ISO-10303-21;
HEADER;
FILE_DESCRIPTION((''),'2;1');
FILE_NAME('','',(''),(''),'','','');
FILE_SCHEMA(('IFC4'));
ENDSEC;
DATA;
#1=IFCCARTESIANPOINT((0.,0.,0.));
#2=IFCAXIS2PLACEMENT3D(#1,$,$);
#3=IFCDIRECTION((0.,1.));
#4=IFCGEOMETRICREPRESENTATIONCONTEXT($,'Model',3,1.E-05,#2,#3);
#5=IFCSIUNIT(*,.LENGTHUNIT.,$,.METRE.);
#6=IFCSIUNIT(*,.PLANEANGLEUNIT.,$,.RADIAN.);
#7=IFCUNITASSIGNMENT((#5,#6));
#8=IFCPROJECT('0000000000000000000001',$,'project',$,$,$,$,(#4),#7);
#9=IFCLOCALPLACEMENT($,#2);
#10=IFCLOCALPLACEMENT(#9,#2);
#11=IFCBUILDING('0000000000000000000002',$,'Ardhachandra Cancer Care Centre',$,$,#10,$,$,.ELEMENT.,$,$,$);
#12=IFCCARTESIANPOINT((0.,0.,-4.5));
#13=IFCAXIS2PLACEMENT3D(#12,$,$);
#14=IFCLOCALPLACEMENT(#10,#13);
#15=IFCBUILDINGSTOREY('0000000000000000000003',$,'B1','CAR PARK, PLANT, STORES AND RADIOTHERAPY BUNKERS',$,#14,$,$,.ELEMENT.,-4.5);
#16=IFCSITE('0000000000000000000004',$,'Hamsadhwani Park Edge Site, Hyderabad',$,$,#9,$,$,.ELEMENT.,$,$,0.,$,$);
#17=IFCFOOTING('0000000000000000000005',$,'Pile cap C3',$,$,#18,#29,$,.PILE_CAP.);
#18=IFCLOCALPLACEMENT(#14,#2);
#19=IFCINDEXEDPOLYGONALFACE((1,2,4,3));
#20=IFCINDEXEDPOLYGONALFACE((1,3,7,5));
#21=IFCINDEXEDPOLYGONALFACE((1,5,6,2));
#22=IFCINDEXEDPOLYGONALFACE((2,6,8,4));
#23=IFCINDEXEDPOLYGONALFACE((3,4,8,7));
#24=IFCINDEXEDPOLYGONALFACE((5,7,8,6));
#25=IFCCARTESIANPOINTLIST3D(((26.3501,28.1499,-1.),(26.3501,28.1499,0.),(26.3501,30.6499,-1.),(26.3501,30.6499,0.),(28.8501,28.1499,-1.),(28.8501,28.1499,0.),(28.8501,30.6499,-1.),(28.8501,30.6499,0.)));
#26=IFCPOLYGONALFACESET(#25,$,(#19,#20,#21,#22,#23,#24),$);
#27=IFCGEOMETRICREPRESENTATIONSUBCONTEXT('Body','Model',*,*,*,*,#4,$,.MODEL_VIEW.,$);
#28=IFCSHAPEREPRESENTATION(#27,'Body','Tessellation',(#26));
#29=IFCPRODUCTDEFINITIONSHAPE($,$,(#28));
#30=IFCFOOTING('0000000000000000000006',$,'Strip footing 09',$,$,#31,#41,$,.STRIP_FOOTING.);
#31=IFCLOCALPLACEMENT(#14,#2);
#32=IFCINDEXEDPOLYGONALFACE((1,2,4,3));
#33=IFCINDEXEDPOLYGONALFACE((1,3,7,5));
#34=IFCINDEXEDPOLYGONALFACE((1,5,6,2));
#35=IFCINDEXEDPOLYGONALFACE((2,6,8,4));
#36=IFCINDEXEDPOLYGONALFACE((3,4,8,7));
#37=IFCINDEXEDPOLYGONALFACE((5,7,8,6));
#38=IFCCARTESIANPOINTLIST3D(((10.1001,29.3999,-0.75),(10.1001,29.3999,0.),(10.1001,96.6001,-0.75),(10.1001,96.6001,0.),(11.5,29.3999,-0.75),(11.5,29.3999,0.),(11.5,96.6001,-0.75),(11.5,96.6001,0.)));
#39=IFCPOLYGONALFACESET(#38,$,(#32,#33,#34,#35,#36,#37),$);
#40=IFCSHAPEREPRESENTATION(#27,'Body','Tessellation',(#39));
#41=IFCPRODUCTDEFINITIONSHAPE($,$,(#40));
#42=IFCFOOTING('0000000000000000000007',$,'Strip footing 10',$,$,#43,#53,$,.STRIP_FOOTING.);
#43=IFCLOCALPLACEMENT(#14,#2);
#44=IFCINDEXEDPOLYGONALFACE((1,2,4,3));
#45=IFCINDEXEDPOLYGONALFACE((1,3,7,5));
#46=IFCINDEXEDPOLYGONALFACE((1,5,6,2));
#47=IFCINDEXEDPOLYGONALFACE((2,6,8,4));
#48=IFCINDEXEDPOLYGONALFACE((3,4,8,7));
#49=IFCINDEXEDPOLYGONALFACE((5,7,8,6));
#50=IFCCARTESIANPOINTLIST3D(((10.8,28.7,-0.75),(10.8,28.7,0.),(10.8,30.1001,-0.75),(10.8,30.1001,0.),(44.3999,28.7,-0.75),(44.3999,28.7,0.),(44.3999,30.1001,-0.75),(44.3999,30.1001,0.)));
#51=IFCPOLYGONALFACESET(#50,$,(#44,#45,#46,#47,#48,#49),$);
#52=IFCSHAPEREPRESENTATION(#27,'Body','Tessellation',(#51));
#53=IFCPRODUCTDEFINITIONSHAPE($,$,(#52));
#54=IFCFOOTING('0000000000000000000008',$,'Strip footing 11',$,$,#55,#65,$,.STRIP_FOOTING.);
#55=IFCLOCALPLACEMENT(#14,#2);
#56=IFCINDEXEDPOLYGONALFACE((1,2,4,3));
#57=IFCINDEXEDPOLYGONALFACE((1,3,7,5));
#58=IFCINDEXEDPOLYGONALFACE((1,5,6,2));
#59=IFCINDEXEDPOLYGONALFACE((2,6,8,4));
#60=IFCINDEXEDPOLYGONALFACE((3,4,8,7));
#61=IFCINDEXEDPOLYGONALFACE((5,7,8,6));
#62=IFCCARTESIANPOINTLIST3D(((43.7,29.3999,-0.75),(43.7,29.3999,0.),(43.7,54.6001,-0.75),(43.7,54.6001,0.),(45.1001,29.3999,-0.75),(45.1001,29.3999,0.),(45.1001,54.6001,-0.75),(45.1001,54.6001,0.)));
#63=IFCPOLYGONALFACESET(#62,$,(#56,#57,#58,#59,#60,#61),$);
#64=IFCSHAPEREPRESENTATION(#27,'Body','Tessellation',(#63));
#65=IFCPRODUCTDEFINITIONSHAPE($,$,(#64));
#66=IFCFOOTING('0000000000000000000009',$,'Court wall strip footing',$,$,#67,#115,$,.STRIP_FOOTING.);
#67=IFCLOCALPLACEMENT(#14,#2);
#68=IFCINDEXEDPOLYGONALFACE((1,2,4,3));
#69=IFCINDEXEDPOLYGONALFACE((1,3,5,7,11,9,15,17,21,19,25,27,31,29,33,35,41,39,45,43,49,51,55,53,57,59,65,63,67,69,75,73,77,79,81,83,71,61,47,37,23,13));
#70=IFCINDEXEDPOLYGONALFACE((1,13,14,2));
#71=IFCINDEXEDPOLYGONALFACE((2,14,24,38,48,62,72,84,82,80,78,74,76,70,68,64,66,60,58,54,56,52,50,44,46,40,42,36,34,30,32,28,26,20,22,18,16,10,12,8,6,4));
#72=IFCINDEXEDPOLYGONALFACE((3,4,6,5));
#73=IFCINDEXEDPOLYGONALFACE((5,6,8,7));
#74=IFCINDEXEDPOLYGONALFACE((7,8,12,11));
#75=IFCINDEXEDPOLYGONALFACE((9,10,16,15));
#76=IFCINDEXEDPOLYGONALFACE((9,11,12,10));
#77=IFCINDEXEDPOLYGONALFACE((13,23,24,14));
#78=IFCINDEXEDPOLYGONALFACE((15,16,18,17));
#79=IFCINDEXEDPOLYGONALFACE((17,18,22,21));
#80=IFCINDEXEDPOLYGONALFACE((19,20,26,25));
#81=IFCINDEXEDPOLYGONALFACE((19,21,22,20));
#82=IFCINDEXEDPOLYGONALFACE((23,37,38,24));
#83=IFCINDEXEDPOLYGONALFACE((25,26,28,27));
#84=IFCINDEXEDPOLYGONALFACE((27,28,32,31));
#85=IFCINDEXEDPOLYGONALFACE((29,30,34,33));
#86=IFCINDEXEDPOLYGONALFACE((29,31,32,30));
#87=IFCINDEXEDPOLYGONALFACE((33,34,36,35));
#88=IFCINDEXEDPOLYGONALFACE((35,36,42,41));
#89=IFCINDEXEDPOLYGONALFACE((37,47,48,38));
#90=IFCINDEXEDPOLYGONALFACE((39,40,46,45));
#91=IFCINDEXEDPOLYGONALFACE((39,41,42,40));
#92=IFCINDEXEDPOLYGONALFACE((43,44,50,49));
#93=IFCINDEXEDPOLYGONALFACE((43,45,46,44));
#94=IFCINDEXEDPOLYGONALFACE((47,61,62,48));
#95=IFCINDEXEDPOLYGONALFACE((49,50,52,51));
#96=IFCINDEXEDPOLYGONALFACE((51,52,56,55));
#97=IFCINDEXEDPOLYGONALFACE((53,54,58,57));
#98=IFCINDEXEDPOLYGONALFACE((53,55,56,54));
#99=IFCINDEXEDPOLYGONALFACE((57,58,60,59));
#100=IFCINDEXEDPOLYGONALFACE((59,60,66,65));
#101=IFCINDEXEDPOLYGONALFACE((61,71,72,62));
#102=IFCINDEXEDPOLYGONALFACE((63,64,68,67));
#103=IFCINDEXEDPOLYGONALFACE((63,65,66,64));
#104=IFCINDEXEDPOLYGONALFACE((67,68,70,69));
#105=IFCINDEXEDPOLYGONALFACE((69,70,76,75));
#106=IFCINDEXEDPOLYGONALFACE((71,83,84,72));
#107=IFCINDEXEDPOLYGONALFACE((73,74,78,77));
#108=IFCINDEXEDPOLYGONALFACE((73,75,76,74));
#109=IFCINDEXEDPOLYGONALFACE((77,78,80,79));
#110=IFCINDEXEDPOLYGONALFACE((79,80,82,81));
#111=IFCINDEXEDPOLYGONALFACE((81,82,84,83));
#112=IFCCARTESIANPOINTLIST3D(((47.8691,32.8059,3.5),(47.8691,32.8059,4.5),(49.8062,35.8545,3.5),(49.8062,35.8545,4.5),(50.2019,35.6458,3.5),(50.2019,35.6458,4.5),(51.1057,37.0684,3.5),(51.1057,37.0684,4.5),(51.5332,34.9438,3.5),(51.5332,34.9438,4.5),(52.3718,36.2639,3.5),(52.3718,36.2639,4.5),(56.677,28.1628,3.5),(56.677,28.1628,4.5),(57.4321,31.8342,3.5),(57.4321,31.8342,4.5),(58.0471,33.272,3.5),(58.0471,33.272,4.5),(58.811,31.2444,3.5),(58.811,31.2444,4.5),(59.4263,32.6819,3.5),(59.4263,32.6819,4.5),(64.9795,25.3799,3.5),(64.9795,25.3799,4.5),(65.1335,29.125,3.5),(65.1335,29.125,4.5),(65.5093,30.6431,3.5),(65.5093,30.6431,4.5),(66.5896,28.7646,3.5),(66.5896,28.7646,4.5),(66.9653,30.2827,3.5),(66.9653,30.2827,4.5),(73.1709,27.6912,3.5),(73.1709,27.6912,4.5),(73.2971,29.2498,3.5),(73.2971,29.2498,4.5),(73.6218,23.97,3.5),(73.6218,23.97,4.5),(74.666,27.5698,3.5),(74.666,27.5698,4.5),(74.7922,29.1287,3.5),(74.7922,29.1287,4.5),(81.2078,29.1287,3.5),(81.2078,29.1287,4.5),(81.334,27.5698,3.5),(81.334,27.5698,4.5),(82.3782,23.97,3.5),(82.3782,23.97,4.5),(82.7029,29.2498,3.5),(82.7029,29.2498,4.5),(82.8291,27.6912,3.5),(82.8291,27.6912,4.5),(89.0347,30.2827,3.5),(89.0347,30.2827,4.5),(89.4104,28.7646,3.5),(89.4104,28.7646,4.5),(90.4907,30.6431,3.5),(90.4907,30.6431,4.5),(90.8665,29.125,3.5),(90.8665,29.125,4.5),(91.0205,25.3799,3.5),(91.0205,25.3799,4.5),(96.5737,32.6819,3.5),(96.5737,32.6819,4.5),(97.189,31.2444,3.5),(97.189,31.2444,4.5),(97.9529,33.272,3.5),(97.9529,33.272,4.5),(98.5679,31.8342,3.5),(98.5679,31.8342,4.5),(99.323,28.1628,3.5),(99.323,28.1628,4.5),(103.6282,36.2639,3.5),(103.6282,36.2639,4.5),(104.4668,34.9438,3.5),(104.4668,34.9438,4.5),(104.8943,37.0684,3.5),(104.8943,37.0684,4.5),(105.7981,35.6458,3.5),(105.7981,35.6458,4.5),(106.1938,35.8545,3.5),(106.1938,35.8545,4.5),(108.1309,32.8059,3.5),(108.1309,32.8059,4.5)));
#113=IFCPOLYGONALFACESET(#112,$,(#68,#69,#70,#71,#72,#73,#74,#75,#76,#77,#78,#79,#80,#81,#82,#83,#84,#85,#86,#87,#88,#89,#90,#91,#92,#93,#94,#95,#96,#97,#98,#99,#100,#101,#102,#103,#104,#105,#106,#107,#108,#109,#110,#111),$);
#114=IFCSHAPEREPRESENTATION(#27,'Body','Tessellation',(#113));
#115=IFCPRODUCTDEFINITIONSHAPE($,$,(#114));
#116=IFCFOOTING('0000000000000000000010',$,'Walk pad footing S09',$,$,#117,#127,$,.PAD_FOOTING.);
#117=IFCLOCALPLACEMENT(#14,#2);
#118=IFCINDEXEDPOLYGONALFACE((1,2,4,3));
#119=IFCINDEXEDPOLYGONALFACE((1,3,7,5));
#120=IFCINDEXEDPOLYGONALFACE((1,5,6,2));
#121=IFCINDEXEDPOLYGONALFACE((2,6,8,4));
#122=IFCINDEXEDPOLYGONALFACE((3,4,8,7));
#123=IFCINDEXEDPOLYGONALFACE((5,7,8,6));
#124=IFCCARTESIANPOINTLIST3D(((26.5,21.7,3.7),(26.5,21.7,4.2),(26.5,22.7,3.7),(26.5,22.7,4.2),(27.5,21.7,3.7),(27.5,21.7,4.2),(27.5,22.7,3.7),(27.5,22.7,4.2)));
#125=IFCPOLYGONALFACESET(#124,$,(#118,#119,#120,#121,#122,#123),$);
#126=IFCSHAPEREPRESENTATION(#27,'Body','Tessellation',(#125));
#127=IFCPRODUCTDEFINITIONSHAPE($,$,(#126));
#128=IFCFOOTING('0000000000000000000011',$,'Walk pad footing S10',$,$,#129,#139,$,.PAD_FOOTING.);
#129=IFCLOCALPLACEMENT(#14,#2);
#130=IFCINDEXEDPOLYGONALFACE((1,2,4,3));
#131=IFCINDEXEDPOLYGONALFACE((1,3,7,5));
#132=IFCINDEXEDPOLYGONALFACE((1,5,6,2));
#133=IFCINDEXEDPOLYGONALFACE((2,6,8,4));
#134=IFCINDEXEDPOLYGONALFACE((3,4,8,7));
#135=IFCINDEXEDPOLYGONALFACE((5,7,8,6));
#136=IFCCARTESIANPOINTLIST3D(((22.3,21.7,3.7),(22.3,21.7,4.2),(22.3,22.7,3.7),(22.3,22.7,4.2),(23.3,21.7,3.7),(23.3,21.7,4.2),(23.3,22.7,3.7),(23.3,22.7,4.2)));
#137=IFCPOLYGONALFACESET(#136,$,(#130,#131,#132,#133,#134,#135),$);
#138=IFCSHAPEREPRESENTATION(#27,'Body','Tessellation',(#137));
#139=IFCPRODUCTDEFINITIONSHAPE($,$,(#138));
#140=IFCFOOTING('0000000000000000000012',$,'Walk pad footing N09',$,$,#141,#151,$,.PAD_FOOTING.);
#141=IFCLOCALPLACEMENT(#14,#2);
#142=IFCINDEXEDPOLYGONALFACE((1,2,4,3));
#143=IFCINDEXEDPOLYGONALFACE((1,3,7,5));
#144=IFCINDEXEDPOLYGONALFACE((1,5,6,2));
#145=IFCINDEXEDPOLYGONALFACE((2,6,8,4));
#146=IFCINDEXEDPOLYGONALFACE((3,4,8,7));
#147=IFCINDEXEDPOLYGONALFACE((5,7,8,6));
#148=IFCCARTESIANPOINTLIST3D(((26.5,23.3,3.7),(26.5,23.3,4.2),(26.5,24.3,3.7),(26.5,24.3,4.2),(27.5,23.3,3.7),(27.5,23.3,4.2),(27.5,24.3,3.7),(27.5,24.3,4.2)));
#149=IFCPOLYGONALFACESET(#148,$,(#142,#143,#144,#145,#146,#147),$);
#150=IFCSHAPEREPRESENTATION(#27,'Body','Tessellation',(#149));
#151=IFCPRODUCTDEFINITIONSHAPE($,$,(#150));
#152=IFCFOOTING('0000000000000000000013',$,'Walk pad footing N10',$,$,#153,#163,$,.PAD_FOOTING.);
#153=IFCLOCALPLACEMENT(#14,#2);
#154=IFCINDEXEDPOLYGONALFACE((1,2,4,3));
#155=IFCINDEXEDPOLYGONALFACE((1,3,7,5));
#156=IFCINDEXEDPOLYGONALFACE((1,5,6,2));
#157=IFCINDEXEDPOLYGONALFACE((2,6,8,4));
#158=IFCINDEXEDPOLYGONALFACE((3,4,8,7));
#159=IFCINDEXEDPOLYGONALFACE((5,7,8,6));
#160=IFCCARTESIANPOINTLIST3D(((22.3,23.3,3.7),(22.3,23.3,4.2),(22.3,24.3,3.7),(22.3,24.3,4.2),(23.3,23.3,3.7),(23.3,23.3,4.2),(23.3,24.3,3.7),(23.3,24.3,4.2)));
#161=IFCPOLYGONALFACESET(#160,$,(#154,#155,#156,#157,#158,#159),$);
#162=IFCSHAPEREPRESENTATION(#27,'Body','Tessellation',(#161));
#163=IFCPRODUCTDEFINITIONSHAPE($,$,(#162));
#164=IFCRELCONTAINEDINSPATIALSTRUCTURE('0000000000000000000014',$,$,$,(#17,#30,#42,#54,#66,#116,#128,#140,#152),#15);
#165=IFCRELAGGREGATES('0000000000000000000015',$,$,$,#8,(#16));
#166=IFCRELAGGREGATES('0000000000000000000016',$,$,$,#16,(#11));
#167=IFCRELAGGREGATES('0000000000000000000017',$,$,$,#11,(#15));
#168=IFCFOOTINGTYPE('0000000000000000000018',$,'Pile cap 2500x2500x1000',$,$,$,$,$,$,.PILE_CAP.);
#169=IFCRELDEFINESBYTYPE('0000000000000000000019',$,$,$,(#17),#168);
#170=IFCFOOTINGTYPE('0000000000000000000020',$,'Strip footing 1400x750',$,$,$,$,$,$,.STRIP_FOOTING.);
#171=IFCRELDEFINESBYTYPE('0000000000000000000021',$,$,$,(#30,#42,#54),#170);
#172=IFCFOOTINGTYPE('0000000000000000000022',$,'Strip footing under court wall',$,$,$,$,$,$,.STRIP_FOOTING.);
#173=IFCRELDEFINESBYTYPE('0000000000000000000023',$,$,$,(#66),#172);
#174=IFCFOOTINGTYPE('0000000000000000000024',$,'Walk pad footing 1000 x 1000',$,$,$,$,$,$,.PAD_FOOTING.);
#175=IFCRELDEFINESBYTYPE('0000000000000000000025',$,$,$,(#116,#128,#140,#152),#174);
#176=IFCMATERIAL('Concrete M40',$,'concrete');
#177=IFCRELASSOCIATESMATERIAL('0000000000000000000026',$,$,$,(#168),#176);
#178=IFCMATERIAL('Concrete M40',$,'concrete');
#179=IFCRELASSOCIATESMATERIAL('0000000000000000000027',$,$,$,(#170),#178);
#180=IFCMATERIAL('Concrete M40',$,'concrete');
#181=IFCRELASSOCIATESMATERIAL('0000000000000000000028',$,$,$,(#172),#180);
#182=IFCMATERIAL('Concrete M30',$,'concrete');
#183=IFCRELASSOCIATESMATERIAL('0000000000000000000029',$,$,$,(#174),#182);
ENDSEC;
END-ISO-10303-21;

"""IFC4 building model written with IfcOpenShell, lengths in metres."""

from ifc_helpers import new_model, si_unit, direction, frame, origin, origin_2d, place, context, subcontext, project, spatial, polyline, rectangle, outline, extrude, material, type_object, element, save


model = new_model("IFC4")

# Units and contexts
model_context = context("Model", 3, precision=1e-05, world=origin(), true_north=direction((0.0, 1.0)))
body_context = subcontext(model_context, "Body", "Model", "MODEL_VIEW")
ifc_project = project(units=[si_unit("LENGTHUNIT", "METRE"), si_unit("PLANEANGLEUNIT", "RADIAN")], contexts=[model_context])

# Site, building, storey
site_placement = place(None, origin())
site = spatial("IfcSite", under=ifc_project, at=site_placement, Name="Hamsadhwani Park Edge Site, Hyderabad", CompositionType="ELEMENT", RefElevation=0.0)
building_placement = place(site_placement, origin())
building = spatial("IfcBuilding", under=site, at=building_placement, Name="Ardhachandra Cancer Care Centre", CompositionType="ELEMENT")
storey_placement = place(building_placement, frame((0.0, 0.0, -4.5)))
storey = spatial("IfcBuildingStorey", under=building, at=storey_placement, Name="B1", Description="CAR PARK, PLANT, STORES AND RADIOTHERAPY BUNKERS", CompositionType="ELEMENT", Elevation=-4.5)

# Footings
ifc_material_1 = material(Name="Concrete M40", Category="concrete")
footing_type_1 = type_object("IfcFootingType", Name="Pile cap 2500x2500x1000", PredefinedType="PILE_CAP", material=ifc_material_1)
footing_1_placement = place(storey_placement, frame((27.6001, 29.3999, -1.0), z_axis=(0.0, 0.0, 1.0), x_axis=(1.0, 0.0, 0.0)))
element("IfcFooting", 1, at=footing_1_placement, inside=storey, type_object=footing_type_1, Name="Pile cap C3", PredefinedType="PILE_CAP", context=body_context, shape_type="SweptSolid", body=[
    extrude(rectangle(XDim=2.5, YDim=2.5, at=origin_2d()), origin(), (0.0, 0.0, 1.0), 1.0),
])
ifc_material_2 = material(Name="Concrete M40", Category="concrete")
footing_type_2 = type_object("IfcFootingType", Name="Strip footing 1400x750", PredefinedType="STRIP_FOOTING", material=ifc_material_2)
footing_2_placement = place(storey_placement, frame((0.0, 0.0, -0.75)))
element("IfcFooting", 2, at=footing_2_placement, inside=storey, type_object=footing_type_2, Name="Strip footing 09", PredefinedType="STRIP_FOOTING", context=body_context, shape_type="SweptSolid", body=[
    extrude(outline(polyline([(10.1001, 96.6001), (10.1001, 29.3999), (11.5, 29.3999), (11.5, 96.6001), (10.1001, 96.6001)])), origin(), (0.0, 0.0, 1.0), 0.75),
])
footing_3_placement = place(storey_placement, frame((0.0, 0.0, -0.75)))
element("IfcFooting", 3, at=footing_3_placement, inside=storey, type_object=footing_type_2, Name="Strip footing 10", PredefinedType="STRIP_FOOTING", context=body_context, shape_type="SweptSolid", body=[
    extrude(outline(polyline([(10.8, 28.7), (44.3999, 28.7), (44.3999, 30.1001), (10.8, 30.1001), (10.8, 28.7)])), origin(), (0.0, 0.0, 1.0), 0.75),
])
footing_4_placement = place(storey_placement, frame((0.0, 0.0, -0.75)))
element("IfcFooting", 4, at=footing_4_placement, inside=storey, type_object=footing_type_2, Name="Strip footing 11", PredefinedType="STRIP_FOOTING", context=body_context, shape_type="SweptSolid", body=[
    extrude(outline(polyline([(45.1001, 29.3999), (45.1001, 54.6001), (43.7, 54.6001), (43.7, 29.3999), (45.1001, 29.3999)])), origin(), (0.0, 0.0, 1.0), 0.75),
])
ifc_material_3 = material(Name="Concrete M40", Category="concrete")
footing_type_3 = type_object("IfcFootingType", Name="Strip footing under court wall", PredefinedType="STRIP_FOOTING", material=ifc_material_3)
footing_5_placement = place(storey_placement, frame((0.0, 0.0, 3.5)))
element("IfcFooting", 5, at=footing_5_placement, inside=storey, type_object=footing_type_3, Name="Court wall strip footing", PredefinedType="STRIP_FOOTING", context=body_context, shape_type="SweptSolid", body=[
    extrude(outline(polyline([(73.2971, 29.2498), (73.1709, 27.6912), (66.5896, 28.7646), (66.9653, 30.2827), (65.5093, 30.6431), (65.1335, 29.125), (58.811, 31.2444), (59.4263, 32.6819), (58.0471, 33.272), (57.4321, 31.8342), (51.5332, 34.9438), (52.3718, 36.2639), (51.1057, 37.0684), (50.2019, 35.6458), (49.8062, 35.8545), (47.8691, 32.8059), (56.677, 28.1628), (64.9795, 25.3799), (73.6218, 23.97), (82.3782, 23.97), (91.0205, 25.3799), (99.323, 28.1628), (108.1309, 32.8059), (106.1938, 35.8545), (105.7981, 35.6458), (104.8943, 37.0684), (103.6282, 36.2639), (104.4668, 34.9438), (98.5679, 31.8342), (97.9529, 33.272), (96.5737, 32.6819), (97.189, 31.2444), (90.8665, 29.125), (90.4907, 30.6431), (89.0347, 30.2827), (89.4104, 28.7646), (82.8291, 27.6912), (82.7029, 29.2498), (81.2078, 29.1287), (81.334, 27.5698), (74.666, 27.5698), (74.7922, 29.1287), (73.2971, 29.2498)])), origin(), (0.0, 0.0, 1.0), 1.0),
])
ifc_material_4 = material(Name="Concrete M30", Category="concrete")
footing_type_4 = type_object("IfcFootingType", Name="Walk pad footing 1000 x 1000", PredefinedType="PAD_FOOTING", material=ifc_material_4)
for number, where, z_axis, x_axis, name in (
    (6, (27.0, 22.2, 3.7), (0.0, 0.0, 1.0), (1.0, 0.0, 0.0), "Walk pad footing S09"),
    (7, (22.8, 22.2, 3.7), (0.0, 0.0, 1.0), (1.0, 0.0, 0.0), "Walk pad footing S10"),
    (8, (27.0, 23.8, 3.7), (0.0, 0.0, 1.0), (1.0, 0.0, 0.0), "Walk pad footing N09"),
    (9, (22.8, 23.8, 3.7), (0.0, 0.0, 1.0), (1.0, 0.0, 0.0), "Walk pad footing N10"),
):
    element("IfcFooting", number, at=place(storey_placement, frame(where, z_axis=z_axis, x_axis=x_axis)), inside=storey, type_object=footing_type_4, Name=name, PredefinedType="PAD_FOOTING", context=body_context, shape_type="SweptSolid", body=[
        extrude(rectangle(XDim=1.0, YDim=1.0, at=origin_2d()), origin(), (0.0, 0.0, 1.0), 0.5),
    ])

save(model, "model.ifc")
